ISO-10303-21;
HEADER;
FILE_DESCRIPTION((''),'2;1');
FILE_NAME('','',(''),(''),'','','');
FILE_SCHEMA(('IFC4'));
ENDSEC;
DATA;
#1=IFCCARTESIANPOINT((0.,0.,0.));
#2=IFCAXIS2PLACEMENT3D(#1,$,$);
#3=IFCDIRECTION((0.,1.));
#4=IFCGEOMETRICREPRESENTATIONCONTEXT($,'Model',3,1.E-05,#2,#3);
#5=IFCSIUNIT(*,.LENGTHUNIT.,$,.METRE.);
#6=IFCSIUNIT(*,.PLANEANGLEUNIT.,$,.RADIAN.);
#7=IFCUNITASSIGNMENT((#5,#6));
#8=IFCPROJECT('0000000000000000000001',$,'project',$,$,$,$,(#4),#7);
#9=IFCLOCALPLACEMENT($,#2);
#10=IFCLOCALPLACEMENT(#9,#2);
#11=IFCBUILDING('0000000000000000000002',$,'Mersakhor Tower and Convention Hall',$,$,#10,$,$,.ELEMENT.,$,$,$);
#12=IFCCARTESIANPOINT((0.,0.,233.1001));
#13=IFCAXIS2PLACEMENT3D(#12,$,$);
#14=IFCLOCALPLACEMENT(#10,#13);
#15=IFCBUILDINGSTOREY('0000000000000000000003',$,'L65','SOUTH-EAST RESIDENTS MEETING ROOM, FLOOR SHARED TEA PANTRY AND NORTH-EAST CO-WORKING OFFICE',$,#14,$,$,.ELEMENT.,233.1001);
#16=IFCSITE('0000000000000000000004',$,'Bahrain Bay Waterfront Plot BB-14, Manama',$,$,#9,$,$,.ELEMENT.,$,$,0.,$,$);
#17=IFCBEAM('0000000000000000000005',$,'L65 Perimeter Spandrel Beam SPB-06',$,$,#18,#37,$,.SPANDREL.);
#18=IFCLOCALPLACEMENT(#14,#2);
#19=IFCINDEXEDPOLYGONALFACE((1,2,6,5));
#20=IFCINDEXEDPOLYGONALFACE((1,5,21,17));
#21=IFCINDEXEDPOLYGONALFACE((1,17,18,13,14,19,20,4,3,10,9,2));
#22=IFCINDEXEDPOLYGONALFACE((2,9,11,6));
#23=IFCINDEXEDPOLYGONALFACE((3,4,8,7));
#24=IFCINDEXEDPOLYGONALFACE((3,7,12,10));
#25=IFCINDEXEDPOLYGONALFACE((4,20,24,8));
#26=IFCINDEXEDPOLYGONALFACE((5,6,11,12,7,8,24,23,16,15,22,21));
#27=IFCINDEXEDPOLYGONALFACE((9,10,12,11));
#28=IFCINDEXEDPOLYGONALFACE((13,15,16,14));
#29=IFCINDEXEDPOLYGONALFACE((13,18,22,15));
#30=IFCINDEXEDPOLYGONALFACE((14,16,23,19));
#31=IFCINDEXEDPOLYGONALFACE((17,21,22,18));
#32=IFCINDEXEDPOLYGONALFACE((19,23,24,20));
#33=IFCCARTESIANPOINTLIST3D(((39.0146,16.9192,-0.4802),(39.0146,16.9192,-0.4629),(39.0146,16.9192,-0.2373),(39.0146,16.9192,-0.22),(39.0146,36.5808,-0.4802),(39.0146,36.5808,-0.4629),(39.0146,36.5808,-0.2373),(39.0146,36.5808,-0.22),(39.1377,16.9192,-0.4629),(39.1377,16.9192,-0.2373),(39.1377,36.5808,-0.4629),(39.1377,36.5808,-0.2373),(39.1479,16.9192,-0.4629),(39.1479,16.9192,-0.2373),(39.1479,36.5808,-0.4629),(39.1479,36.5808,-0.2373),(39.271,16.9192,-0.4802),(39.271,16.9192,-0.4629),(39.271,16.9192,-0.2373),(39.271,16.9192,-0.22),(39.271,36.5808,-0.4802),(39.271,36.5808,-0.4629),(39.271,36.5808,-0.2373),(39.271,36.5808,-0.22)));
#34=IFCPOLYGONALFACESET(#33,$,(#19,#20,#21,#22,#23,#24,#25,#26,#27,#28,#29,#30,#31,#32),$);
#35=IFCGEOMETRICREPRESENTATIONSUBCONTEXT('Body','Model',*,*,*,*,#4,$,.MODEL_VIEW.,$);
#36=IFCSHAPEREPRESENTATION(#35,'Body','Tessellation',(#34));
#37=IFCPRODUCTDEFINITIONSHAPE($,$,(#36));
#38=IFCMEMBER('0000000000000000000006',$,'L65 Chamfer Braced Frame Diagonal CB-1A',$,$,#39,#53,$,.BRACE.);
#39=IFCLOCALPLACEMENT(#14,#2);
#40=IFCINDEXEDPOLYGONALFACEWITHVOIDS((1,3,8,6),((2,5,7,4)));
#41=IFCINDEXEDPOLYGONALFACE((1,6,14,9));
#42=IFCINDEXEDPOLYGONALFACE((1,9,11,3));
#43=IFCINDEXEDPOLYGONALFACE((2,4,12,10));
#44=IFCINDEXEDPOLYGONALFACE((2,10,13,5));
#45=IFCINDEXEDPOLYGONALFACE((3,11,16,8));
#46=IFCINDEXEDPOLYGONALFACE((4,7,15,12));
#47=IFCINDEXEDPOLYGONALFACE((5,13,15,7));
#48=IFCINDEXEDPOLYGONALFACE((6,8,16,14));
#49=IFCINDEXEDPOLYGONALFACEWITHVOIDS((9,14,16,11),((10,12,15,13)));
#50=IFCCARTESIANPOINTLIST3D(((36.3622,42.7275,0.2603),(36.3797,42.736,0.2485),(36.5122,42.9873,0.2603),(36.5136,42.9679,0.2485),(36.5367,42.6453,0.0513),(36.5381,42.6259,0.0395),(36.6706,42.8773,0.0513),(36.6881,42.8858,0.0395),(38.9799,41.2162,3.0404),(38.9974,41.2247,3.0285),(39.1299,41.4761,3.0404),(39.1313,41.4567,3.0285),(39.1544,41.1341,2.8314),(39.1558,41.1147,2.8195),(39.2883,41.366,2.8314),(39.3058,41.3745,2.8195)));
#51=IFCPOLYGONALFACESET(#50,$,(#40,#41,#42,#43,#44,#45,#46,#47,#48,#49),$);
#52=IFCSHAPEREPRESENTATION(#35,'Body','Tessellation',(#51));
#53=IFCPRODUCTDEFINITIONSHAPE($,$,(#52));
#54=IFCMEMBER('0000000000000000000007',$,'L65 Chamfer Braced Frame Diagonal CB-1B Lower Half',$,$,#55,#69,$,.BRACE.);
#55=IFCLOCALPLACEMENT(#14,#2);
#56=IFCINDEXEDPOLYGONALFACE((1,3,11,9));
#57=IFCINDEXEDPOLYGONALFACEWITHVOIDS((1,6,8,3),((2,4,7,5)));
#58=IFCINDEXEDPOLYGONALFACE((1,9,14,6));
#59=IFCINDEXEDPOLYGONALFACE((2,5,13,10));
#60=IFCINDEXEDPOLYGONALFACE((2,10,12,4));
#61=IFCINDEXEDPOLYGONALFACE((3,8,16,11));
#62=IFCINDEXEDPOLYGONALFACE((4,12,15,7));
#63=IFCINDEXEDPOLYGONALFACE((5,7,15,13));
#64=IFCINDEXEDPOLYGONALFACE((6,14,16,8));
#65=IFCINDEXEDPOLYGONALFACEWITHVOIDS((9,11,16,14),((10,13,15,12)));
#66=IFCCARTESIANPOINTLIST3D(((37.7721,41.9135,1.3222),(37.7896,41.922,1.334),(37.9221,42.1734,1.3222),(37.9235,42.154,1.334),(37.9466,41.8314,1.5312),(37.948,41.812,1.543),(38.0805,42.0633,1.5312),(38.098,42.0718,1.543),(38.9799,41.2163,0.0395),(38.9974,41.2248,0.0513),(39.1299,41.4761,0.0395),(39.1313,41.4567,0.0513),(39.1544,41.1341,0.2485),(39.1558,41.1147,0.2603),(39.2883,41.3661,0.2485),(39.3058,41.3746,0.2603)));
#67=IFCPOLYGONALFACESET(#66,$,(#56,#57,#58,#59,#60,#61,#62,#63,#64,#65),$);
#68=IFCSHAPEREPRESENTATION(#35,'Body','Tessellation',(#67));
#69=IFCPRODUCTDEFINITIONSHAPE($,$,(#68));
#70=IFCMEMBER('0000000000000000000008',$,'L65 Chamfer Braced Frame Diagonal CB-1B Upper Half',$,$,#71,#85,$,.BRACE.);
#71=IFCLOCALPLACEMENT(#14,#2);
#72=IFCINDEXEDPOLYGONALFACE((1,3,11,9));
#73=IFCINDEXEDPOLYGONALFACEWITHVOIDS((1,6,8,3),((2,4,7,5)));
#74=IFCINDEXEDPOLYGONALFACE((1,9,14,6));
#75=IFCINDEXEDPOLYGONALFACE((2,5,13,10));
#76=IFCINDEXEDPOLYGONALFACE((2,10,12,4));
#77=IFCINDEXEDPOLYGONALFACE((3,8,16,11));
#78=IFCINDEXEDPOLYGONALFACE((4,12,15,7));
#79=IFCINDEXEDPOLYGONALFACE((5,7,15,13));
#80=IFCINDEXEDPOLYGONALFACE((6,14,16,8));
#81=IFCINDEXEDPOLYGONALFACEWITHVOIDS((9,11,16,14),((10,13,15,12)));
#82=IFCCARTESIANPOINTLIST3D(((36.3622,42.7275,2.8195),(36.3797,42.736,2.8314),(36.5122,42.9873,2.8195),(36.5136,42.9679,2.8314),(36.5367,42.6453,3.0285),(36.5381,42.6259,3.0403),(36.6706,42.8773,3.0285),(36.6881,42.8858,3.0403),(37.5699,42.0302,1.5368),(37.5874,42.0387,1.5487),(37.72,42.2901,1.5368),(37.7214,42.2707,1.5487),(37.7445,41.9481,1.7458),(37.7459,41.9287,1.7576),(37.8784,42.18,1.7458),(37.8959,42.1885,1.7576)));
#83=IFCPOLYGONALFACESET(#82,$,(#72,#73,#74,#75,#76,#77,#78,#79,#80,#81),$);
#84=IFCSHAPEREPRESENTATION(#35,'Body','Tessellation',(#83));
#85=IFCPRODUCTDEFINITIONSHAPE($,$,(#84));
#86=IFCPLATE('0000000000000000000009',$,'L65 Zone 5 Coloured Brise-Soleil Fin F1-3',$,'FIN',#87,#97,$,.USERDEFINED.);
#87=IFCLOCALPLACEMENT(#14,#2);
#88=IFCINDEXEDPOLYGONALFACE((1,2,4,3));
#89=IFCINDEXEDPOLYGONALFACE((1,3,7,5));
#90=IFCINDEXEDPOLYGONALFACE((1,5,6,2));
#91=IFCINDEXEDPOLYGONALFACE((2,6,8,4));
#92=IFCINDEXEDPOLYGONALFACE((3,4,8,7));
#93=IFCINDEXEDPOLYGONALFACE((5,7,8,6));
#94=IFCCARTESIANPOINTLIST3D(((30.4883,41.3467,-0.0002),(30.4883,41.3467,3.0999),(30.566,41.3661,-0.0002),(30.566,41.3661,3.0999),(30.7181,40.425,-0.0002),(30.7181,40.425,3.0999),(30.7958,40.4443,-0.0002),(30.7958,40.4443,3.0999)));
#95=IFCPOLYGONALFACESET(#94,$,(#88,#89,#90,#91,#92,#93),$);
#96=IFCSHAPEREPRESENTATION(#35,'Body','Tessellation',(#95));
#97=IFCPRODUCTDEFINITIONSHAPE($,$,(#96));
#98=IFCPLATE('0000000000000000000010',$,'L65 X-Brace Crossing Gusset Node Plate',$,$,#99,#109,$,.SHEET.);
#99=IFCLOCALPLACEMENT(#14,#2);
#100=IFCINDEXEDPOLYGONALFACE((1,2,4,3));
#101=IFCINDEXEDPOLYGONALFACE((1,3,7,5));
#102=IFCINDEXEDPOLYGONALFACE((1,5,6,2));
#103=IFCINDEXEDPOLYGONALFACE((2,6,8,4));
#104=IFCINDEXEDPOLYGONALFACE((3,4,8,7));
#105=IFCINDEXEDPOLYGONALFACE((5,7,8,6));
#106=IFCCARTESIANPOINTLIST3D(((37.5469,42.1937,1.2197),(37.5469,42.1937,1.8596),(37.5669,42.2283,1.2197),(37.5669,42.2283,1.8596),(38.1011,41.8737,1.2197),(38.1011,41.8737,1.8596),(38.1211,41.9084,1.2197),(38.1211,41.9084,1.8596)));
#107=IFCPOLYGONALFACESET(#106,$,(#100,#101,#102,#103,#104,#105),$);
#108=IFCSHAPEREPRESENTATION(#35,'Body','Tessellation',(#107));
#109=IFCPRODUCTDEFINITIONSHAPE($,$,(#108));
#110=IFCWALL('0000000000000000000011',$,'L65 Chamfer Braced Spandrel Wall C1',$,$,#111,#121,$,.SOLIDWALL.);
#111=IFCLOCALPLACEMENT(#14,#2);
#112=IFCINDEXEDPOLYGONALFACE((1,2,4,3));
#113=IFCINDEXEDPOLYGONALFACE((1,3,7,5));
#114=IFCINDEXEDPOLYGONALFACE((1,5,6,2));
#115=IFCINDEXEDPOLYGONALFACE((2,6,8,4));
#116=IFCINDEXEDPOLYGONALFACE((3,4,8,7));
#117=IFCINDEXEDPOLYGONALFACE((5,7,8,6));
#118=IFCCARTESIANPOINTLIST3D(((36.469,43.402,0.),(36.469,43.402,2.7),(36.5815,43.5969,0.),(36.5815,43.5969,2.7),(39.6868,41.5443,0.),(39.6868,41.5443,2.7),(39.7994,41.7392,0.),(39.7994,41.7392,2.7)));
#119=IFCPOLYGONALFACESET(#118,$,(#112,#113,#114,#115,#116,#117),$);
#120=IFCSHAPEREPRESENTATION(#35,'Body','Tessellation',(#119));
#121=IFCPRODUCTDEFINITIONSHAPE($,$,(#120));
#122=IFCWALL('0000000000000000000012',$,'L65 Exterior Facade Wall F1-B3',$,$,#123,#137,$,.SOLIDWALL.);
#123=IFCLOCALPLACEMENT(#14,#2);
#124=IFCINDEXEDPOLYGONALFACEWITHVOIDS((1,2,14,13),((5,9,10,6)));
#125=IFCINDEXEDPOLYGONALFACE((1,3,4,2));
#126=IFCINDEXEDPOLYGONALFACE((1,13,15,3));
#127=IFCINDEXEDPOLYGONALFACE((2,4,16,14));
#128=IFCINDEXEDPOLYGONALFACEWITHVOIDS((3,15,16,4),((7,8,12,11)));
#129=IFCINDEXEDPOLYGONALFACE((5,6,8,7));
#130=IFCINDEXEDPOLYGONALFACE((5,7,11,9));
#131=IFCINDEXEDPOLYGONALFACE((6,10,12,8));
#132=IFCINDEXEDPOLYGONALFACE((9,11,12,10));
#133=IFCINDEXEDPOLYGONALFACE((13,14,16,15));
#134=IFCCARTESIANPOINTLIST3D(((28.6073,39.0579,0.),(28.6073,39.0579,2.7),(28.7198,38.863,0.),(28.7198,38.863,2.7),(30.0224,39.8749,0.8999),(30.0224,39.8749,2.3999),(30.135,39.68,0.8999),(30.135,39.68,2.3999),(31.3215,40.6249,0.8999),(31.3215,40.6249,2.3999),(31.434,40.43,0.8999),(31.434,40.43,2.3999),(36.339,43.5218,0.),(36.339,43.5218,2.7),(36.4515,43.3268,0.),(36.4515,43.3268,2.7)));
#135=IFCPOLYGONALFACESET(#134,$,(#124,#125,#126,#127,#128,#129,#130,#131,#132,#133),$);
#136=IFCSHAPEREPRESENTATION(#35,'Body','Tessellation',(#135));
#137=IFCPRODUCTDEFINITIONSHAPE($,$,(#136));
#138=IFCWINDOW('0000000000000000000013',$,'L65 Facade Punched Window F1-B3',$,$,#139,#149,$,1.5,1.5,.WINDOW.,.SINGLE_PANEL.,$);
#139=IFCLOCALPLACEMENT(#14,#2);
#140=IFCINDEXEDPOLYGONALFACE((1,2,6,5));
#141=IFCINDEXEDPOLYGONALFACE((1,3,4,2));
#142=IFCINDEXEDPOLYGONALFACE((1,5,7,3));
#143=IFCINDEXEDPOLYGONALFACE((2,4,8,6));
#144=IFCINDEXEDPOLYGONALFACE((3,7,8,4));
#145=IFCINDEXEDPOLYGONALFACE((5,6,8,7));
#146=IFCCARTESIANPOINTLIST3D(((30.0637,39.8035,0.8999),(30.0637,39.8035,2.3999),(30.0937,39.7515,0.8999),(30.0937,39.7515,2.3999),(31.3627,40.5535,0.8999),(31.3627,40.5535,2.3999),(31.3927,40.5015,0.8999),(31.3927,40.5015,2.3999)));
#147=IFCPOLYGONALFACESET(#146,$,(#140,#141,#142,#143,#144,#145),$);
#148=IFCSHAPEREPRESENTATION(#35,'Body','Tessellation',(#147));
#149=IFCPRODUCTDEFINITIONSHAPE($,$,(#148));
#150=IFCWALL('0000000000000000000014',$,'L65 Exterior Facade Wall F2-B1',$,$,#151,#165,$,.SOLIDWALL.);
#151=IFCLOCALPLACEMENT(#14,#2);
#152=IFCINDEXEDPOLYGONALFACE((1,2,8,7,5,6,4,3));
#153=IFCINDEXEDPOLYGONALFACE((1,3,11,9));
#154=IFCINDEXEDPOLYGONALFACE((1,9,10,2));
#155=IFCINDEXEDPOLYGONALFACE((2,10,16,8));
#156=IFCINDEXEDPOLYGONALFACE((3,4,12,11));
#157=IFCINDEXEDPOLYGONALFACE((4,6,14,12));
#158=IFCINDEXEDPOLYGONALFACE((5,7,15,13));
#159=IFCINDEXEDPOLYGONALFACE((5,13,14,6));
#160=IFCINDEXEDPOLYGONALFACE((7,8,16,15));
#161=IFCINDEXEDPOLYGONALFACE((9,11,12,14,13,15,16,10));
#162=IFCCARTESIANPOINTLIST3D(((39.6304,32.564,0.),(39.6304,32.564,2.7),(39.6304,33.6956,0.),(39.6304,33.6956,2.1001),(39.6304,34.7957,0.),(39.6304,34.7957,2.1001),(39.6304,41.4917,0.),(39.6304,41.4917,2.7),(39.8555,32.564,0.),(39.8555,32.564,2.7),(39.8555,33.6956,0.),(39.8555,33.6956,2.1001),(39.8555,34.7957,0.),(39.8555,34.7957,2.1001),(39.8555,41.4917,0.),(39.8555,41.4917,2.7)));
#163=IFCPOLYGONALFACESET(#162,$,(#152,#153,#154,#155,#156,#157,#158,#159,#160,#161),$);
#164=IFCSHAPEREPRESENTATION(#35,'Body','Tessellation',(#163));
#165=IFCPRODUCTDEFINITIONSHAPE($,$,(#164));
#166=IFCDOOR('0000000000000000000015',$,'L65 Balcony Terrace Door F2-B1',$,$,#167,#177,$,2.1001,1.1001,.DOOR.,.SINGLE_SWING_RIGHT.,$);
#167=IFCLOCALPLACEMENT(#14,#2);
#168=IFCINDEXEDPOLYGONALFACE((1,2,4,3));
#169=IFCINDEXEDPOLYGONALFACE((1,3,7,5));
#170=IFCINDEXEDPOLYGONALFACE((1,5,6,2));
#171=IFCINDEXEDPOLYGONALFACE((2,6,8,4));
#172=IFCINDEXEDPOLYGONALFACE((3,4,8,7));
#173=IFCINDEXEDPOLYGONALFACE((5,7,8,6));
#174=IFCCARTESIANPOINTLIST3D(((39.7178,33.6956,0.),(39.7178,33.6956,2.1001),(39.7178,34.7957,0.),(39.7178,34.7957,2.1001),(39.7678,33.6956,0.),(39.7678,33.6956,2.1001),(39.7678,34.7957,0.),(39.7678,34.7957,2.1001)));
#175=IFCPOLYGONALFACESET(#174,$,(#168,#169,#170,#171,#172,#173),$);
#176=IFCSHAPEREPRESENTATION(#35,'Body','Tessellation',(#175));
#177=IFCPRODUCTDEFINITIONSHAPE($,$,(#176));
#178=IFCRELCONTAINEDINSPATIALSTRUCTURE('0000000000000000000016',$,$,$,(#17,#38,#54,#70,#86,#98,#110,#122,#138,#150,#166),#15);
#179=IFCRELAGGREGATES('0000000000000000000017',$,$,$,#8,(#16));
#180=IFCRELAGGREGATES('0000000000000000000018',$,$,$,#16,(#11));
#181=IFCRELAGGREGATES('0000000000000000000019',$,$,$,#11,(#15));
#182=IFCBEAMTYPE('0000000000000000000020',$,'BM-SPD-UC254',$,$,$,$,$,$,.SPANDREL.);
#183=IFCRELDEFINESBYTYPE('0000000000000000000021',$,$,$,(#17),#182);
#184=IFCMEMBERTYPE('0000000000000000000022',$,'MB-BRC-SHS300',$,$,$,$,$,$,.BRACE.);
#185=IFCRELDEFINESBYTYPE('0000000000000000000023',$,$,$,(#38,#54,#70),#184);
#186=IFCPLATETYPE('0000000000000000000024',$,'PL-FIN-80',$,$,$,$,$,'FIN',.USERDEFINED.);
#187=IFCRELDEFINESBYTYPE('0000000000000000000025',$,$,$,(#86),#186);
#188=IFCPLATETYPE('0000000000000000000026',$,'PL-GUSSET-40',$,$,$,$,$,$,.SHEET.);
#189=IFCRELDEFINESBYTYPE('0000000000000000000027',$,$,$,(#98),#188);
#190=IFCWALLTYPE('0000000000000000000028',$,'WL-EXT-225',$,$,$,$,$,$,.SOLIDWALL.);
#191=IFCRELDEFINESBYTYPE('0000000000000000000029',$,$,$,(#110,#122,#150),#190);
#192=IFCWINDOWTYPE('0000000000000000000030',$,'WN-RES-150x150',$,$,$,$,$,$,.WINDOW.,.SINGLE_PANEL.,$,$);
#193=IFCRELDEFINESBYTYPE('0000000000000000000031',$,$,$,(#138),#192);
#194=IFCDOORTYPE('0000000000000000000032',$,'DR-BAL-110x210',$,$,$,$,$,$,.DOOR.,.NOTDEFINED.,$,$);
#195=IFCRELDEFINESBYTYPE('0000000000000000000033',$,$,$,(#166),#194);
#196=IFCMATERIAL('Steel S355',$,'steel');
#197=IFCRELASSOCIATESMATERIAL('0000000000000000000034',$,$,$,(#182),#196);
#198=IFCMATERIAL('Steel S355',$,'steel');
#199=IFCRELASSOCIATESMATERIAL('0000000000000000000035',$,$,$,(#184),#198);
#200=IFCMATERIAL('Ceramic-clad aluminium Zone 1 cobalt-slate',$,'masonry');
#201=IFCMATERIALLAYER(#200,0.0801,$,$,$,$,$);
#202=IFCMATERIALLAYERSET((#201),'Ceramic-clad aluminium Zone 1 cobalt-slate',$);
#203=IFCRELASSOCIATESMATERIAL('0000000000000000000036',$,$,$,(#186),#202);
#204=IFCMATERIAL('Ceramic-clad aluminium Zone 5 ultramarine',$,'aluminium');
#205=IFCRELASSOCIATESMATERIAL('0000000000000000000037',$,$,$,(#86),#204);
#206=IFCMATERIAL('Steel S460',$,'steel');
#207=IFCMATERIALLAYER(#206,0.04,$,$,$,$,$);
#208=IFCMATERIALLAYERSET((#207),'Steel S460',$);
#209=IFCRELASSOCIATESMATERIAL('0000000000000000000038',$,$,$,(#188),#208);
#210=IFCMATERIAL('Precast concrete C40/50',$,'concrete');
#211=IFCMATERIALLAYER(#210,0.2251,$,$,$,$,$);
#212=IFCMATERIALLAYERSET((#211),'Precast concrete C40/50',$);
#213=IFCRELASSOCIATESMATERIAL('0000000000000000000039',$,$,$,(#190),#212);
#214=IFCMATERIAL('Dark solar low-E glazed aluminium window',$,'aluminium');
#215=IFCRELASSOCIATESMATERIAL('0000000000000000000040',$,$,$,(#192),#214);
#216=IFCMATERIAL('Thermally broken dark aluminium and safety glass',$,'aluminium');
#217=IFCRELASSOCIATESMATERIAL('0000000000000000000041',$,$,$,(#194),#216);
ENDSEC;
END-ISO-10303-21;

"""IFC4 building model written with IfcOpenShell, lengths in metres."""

from ifc_helpers import new_model, si_unit, direction, frame, frame_2d, origin, origin_2d, place, context, subcontext, project, spatial, rectangle, hollow_rectangle, i_section, extrude, material, layer, layer_set, material_profile, profile_set, type_object, element, fill, save


model = new_model("IFC4")

# Units and contexts
model_context = context("Model", 3, precision=1e-05, world=origin(), true_north=direction((0.0, 1.0)))
body_context = subcontext(model_context, "Body", "Model", "MODEL_VIEW")
ifc_project = project(units=[si_unit("LENGTHUNIT", "METRE"), si_unit("PLANEANGLEUNIT", "RADIAN")], contexts=[model_context])

# Site, building, storey
site_placement = place(None, origin())
site = spatial("IfcSite", under=ifc_project, at=site_placement, Name="Bahrain Bay Waterfront Plot BB-14, Manama", CompositionType="ELEMENT", RefElevation=0.0)
building_placement = place(site_placement, origin())
building = spatial("IfcBuilding", under=site, at=building_placement, Name="Mersakhor Tower and Convention Hall", CompositionType="ELEMENT")
storey_placement = place(building_placement, frame((0.0, 0.0, 233.1001)))
storey = spatial("IfcBuildingStorey", under=building, at=storey_placement, Name="L65", Description="SOUTH-EAST RESIDENTS MEETING ROOM, FLOOR SHARED TEA PANTRY AND NORTH-EAST CO-WORKING OFFICE", CompositionType="ELEMENT", Elevation=233.1001)

# Beam
ifc_material_1 = material(Name="Steel S355", Category="steel")
ifc_material_profile_1 = material_profile(ifc_material_1, i_section(OverallWidth=0.2563, OverallDepth=0.2603, WebThickness=0.0103, FlangeThickness=0.0173, at=origin_2d()), Name="UC 254x254x89")
ifc_profile_set_1 = profile_set([ifc_material_profile_1], Name="Steel S355")
beam_type_1 = type_object("IfcBeamType", Name="BM-SPD-UC254", PredefinedType="SPANDREL", material=ifc_profile_set_1)
beam_1_placement = place(storey_placement, frame((39.1428, 36.5808, -0.3501), z_axis=(0.0, -1.0, 0.0), x_axis=(1.0, 0.0, 0.0)))
element("IfcBeam", 1, at=beam_1_placement, inside=storey, type_object=beam_type_1, Name="L65 Perimeter Spandrel Beam SPB-06", PredefinedType="SPANDREL", context=body_context, shape_type="SweptSolid", body=[
    extrude(i_section(OverallWidth=0.2563, OverallDepth=0.2603, WebThickness=0.0103, FlangeThickness=0.0173, at=origin_2d()), origin(), (0.0, 0.0, 1.0), 19.6616),
])

# Members
ifc_material_2 = material(Name="Steel S355", Category="steel")
ifc_material_profile_2 = material_profile(ifc_material_2, hollow_rectangle(XDim=0.3, YDim=0.3, WallThickness=0.0161, at=origin_2d()), Name="SHS 300x300x16")
ifc_profile_set_2 = profile_set([ifc_material_profile_2], Name="Steel S355")
member_type = type_object("IfcMemberType", Name="MB-BRC-SHS300", PredefinedType="BRACE", material=ifc_profile_set_2)
member_placement = place(storey_placement, frame((36.5251, 42.8066, 0.1499), z_axis=(0.637423, -0.367996, 0.676957), x_axis=(0.499979, 0.866038, 0.0)))
element("IfcMember", 2, at=member_placement, inside=storey, type_object=member_type, Name="L65 Chamfer Braced Frame Diagonal CB-1A", PredefinedType="BRACE", context=body_context, shape_type="SweptSolid", body=[
    extrude(hollow_rectangle(XDim=0.3, YDim=0.3, WallThickness=0.0161, at=origin_2d()), origin(), (0.0, 0.0, 1.0), 4.1067),
])
for number, where, z_axis, x_axis, name in (
    (3, (39.1428, 41.2954, 0.1499), (-0.637413, 0.367991, 0.676969), (-0.49998, -0.866037, 0.0), "L65 Chamfer Braced Frame Diagonal CB-1B Lower Half"),
    (4, (37.7329, 42.1094, 1.6472), (-0.637413, 0.367991, 0.676969), (-0.49998, -0.866037, 0.0), "L65 Chamfer Braced Frame Diagonal CB-1B Upper Half"),
):
    element("IfcMember", number, at=place(storey_placement, frame(where, z_axis=z_axis, x_axis=x_axis)), inside=storey, type_object=member_type, Name=name, PredefinedType="BRACE", context=body_context, shape_type="SweptSolid", body=[
        extrude(hollow_rectangle(XDim=0.3, YDim=0.3, WallThickness=0.0161, at=origin_2d()), origin(), (0.0, 0.0, 1.0), 1.8948),
    ])

# Plates
ifc_material_3 = material(Name="Ceramic-clad aluminium Zone 5 ultramarine", Category="aluminium")
ifc_material_4 = material(Name="Ceramic-clad aluminium Zone 1 cobalt-slate", Category="masonry")
ifc_layer_1 = layer(ifc_material_4, 0.0801)
ifc_layer_set_1 = layer_set([ifc_layer_1], Name="Ceramic-clad aluminium Zone 1 cobalt-slate")
plate_type_1 = type_object("IfcPlateType", Name="PL-FIN-80", ElementType="FIN", PredefinedType="USERDEFINED", material=ifc_layer_set_1)
plate_1_placement = place(storey_placement, frame((30.6421, 40.8955, -0.0002), z_axis=(0.0, 0.0, 1.0), x_axis=(-0.241922, 0.970296, 0.0)))
element("IfcPlate", 5, at=plate_1_placement, inside=storey, type_object=plate_type_1, material=ifc_material_3, Name="L65 Zone 5 Coloured Brise-Soleil Fin F1-3", ObjectType="FIN", PredefinedType="USERDEFINED", context=body_context, shape_type="SweptSolid", body=[
    extrude(rectangle(XDim=0.95, YDim=0.0801, at=origin_2d()), origin(), (0.0, 0.0, 1.0), 3.1001),
])
ifc_material_5 = material(Name="Steel S460", Category="steel")
ifc_layer_2 = layer(ifc_material_5, 0.04)
ifc_layer_set_2 = layer_set([ifc_layer_2], Name="Steel S460")
plate_type_2 = type_object("IfcPlateType", Name="PL-GUSSET-40", PredefinedType="SHEET", material=ifc_layer_set_2)
plate_2_placement = place(storey_placement, frame((37.834, 42.051, 1.2197), z_axis=(0.0, 0.0, 1.0), x_axis=(-0.866025, 0.5, 0.0)))
element("IfcPlate", 6, at=plate_2_placement, inside=storey, type_object=plate_type_2, Name="L65 X-Brace Crossing Gusset Node Plate", PredefinedType="SHEET", context=body_context, shape_type="SweptSolid", body=[
    extrude(rectangle(XDim=0.6399, YDim=0.04, at=origin_2d()), origin(), (0.0, 0.0, 1.0), 0.6399),
])

# Wall
ifc_material_6 = material(Name="Precast concrete C40/50", Category="concrete")
ifc_layer_3 = layer(ifc_material_6, 0.2251)
ifc_layer_set_3 = layer_set([ifc_layer_3], Name="Precast concrete C40/50")
wall_type_1 = type_object("IfcWallType", Name="WL-EXT-225", PredefinedType="SOLIDWALL", material=ifc_layer_set_3)
wall_1_placement = place(storey_placement, frame((36.5251, 43.4995, 0.0), z_axis=(0.0, 0.0, 1.0), x_axis=(0.866039, -0.499977, 0.0)))
element("IfcWall", 7, at=wall_1_placement, inside=storey, type_object=wall_type_1, Name="L65 Chamfer Braced Spandrel Wall C1", PredefinedType="SOLIDWALL", context=body_context, shape_type="SweptSolid", body=[
    extrude(rectangle(XDim=3.7156, YDim=0.2251, at=frame_2d((1.8579, 0.0))), origin(), (0.0, 0.0, 1.0), 2.7),
])

# Wall, opening, window
wall_2_placement = place(storey_placement, frame((28.6636, 38.9604, 0.0), z_axis=(0.0, 0.0, 1.0), x_axis=(0.866027, 0.499998, 0.0)))
wall_2 = element("IfcWall", 8, at=wall_2_placement, inside=storey, type_object=wall_type_1, Name="L65 Exterior Facade Wall F1-B3", PredefinedType="SOLIDWALL", context=body_context, shape_type="SweptSolid", body=[
    extrude(rectangle(XDim=8.9277, YDim=0.2251, at=frame_2d((4.4639, 0.0))), origin(), (0.0, 0.0, 1.0), 2.7),
])
opening_1_placement = place(wall_2_placement, frame((1.634, 0.0, 0.8999)))
opening_1 = element("IfcOpeningElement", 9, at=opening_1_placement, cuts=wall_2, PredefinedType="OPENING", context=body_context, shape_type="SweptSolid", body=[
    extrude(rectangle(XDim=1.5, YDim=1.5, at=frame_2d((0.75, 0.75))), frame((0.0, 0.1226, 0.0), z_axis=(0.0, -1.0, 0.0), x_axis=(1.0, 0.0, 0.0)), (0.0, 0.0, 1.0), 0.2451),
])
ifc_material_7 = material(Name="Dark solar low-E glazed aluminium window", Category="aluminium")
window_type = type_object("IfcWindowType", Name="WN-RES-150x150", PartitioningType="SINGLE_PANEL", PredefinedType="WINDOW", material=ifc_material_7)
window_placement = place(opening_1_placement, origin())
window = element("IfcWindow", 10, at=window_placement, inside=storey, type_object=window_type, Name="L65 Facade Punched Window F1-B3", OverallHeight=1.5, OverallWidth=1.5, PartitioningType="SINGLE_PANEL", PredefinedType="WINDOW", context=body_context, shape_type="SweptSolid", body=[
    extrude(rectangle(XDim=1.5, YDim=1.5, at=frame_2d((0.75, 0.75))), frame((0.0, 0.03, 0.0), z_axis=(0.0, -1.0, 0.0), x_axis=(1.0, 0.0, 0.0)), (0.0, 0.0, 1.0), 0.0601),
])
fill(opening_1, window)

# Wall, opening, door
wall_3_placement = place(storey_placement, frame((39.7429, 41.4917, 0.0), z_axis=(0.0, 0.0, 1.0), x_axis=(0.0, -1.0, 0.0)))
wall_3 = element("IfcWall", 11, at=wall_3_placement, inside=storey, type_object=wall_type_1, Name="L65 Exterior Facade Wall F2-B1", PredefinedType="SOLIDWALL", context=body_context, shape_type="SweptSolid", body=[
    extrude(rectangle(XDim=8.9277, YDim=0.2251, at=frame_2d((4.4639, 0.0))), origin(), (0.0, 0.0, 1.0), 2.7),
])
opening_2_placement = place(wall_3_placement, frame((6.696, 0.0, 0.0)))
opening_2 = element("IfcOpeningElement", 12, at=opening_2_placement, cuts=wall_3, PredefinedType="OPENING", context=body_context, shape_type="SweptSolid", body=[
    extrude(rectangle(XDim=1.1001, YDim=2.1001, at=frame_2d((0.55, 1.05))), frame((0.0, 0.1226, 0.0), z_axis=(0.0, -1.0, 0.0), x_axis=(1.0, 0.0, 0.0)), (0.0, 0.0, 1.0), 0.2451),
])
ifc_material_8 = material(Name="Thermally broken dark aluminium and safety glass", Category="aluminium")
door_type_1 = type_object("IfcDoorType", Name="DR-BAL-110x210", OperationType="NOTDEFINED", PredefinedType="DOOR", material=ifc_material_8)
door_1_placement = place(opening_2_placement, origin())
door_1 = element("IfcDoor", 13, at=door_1_placement, inside=storey, type_object=door_type_1, Name="L65 Balcony Terrace Door F2-B1", OperationType="SINGLE_SWING_RIGHT", OverallHeight=2.1001, OverallWidth=1.1001, PredefinedType="DOOR", context=body_context, shape_type="SweptSolid", body=[
    extrude(rectangle(XDim=1.1001, YDim=2.1001, at=frame_2d((0.55, 1.05))), frame((0.0, 0.0249, 0.0), z_axis=(0.0, -1.0, 0.0), x_axis=(1.0, 0.0, 0.0)), (0.0, 0.0, 1.0), 0.05),
])
fill(opening_2, door_1)

save(model, "model.ifc")
